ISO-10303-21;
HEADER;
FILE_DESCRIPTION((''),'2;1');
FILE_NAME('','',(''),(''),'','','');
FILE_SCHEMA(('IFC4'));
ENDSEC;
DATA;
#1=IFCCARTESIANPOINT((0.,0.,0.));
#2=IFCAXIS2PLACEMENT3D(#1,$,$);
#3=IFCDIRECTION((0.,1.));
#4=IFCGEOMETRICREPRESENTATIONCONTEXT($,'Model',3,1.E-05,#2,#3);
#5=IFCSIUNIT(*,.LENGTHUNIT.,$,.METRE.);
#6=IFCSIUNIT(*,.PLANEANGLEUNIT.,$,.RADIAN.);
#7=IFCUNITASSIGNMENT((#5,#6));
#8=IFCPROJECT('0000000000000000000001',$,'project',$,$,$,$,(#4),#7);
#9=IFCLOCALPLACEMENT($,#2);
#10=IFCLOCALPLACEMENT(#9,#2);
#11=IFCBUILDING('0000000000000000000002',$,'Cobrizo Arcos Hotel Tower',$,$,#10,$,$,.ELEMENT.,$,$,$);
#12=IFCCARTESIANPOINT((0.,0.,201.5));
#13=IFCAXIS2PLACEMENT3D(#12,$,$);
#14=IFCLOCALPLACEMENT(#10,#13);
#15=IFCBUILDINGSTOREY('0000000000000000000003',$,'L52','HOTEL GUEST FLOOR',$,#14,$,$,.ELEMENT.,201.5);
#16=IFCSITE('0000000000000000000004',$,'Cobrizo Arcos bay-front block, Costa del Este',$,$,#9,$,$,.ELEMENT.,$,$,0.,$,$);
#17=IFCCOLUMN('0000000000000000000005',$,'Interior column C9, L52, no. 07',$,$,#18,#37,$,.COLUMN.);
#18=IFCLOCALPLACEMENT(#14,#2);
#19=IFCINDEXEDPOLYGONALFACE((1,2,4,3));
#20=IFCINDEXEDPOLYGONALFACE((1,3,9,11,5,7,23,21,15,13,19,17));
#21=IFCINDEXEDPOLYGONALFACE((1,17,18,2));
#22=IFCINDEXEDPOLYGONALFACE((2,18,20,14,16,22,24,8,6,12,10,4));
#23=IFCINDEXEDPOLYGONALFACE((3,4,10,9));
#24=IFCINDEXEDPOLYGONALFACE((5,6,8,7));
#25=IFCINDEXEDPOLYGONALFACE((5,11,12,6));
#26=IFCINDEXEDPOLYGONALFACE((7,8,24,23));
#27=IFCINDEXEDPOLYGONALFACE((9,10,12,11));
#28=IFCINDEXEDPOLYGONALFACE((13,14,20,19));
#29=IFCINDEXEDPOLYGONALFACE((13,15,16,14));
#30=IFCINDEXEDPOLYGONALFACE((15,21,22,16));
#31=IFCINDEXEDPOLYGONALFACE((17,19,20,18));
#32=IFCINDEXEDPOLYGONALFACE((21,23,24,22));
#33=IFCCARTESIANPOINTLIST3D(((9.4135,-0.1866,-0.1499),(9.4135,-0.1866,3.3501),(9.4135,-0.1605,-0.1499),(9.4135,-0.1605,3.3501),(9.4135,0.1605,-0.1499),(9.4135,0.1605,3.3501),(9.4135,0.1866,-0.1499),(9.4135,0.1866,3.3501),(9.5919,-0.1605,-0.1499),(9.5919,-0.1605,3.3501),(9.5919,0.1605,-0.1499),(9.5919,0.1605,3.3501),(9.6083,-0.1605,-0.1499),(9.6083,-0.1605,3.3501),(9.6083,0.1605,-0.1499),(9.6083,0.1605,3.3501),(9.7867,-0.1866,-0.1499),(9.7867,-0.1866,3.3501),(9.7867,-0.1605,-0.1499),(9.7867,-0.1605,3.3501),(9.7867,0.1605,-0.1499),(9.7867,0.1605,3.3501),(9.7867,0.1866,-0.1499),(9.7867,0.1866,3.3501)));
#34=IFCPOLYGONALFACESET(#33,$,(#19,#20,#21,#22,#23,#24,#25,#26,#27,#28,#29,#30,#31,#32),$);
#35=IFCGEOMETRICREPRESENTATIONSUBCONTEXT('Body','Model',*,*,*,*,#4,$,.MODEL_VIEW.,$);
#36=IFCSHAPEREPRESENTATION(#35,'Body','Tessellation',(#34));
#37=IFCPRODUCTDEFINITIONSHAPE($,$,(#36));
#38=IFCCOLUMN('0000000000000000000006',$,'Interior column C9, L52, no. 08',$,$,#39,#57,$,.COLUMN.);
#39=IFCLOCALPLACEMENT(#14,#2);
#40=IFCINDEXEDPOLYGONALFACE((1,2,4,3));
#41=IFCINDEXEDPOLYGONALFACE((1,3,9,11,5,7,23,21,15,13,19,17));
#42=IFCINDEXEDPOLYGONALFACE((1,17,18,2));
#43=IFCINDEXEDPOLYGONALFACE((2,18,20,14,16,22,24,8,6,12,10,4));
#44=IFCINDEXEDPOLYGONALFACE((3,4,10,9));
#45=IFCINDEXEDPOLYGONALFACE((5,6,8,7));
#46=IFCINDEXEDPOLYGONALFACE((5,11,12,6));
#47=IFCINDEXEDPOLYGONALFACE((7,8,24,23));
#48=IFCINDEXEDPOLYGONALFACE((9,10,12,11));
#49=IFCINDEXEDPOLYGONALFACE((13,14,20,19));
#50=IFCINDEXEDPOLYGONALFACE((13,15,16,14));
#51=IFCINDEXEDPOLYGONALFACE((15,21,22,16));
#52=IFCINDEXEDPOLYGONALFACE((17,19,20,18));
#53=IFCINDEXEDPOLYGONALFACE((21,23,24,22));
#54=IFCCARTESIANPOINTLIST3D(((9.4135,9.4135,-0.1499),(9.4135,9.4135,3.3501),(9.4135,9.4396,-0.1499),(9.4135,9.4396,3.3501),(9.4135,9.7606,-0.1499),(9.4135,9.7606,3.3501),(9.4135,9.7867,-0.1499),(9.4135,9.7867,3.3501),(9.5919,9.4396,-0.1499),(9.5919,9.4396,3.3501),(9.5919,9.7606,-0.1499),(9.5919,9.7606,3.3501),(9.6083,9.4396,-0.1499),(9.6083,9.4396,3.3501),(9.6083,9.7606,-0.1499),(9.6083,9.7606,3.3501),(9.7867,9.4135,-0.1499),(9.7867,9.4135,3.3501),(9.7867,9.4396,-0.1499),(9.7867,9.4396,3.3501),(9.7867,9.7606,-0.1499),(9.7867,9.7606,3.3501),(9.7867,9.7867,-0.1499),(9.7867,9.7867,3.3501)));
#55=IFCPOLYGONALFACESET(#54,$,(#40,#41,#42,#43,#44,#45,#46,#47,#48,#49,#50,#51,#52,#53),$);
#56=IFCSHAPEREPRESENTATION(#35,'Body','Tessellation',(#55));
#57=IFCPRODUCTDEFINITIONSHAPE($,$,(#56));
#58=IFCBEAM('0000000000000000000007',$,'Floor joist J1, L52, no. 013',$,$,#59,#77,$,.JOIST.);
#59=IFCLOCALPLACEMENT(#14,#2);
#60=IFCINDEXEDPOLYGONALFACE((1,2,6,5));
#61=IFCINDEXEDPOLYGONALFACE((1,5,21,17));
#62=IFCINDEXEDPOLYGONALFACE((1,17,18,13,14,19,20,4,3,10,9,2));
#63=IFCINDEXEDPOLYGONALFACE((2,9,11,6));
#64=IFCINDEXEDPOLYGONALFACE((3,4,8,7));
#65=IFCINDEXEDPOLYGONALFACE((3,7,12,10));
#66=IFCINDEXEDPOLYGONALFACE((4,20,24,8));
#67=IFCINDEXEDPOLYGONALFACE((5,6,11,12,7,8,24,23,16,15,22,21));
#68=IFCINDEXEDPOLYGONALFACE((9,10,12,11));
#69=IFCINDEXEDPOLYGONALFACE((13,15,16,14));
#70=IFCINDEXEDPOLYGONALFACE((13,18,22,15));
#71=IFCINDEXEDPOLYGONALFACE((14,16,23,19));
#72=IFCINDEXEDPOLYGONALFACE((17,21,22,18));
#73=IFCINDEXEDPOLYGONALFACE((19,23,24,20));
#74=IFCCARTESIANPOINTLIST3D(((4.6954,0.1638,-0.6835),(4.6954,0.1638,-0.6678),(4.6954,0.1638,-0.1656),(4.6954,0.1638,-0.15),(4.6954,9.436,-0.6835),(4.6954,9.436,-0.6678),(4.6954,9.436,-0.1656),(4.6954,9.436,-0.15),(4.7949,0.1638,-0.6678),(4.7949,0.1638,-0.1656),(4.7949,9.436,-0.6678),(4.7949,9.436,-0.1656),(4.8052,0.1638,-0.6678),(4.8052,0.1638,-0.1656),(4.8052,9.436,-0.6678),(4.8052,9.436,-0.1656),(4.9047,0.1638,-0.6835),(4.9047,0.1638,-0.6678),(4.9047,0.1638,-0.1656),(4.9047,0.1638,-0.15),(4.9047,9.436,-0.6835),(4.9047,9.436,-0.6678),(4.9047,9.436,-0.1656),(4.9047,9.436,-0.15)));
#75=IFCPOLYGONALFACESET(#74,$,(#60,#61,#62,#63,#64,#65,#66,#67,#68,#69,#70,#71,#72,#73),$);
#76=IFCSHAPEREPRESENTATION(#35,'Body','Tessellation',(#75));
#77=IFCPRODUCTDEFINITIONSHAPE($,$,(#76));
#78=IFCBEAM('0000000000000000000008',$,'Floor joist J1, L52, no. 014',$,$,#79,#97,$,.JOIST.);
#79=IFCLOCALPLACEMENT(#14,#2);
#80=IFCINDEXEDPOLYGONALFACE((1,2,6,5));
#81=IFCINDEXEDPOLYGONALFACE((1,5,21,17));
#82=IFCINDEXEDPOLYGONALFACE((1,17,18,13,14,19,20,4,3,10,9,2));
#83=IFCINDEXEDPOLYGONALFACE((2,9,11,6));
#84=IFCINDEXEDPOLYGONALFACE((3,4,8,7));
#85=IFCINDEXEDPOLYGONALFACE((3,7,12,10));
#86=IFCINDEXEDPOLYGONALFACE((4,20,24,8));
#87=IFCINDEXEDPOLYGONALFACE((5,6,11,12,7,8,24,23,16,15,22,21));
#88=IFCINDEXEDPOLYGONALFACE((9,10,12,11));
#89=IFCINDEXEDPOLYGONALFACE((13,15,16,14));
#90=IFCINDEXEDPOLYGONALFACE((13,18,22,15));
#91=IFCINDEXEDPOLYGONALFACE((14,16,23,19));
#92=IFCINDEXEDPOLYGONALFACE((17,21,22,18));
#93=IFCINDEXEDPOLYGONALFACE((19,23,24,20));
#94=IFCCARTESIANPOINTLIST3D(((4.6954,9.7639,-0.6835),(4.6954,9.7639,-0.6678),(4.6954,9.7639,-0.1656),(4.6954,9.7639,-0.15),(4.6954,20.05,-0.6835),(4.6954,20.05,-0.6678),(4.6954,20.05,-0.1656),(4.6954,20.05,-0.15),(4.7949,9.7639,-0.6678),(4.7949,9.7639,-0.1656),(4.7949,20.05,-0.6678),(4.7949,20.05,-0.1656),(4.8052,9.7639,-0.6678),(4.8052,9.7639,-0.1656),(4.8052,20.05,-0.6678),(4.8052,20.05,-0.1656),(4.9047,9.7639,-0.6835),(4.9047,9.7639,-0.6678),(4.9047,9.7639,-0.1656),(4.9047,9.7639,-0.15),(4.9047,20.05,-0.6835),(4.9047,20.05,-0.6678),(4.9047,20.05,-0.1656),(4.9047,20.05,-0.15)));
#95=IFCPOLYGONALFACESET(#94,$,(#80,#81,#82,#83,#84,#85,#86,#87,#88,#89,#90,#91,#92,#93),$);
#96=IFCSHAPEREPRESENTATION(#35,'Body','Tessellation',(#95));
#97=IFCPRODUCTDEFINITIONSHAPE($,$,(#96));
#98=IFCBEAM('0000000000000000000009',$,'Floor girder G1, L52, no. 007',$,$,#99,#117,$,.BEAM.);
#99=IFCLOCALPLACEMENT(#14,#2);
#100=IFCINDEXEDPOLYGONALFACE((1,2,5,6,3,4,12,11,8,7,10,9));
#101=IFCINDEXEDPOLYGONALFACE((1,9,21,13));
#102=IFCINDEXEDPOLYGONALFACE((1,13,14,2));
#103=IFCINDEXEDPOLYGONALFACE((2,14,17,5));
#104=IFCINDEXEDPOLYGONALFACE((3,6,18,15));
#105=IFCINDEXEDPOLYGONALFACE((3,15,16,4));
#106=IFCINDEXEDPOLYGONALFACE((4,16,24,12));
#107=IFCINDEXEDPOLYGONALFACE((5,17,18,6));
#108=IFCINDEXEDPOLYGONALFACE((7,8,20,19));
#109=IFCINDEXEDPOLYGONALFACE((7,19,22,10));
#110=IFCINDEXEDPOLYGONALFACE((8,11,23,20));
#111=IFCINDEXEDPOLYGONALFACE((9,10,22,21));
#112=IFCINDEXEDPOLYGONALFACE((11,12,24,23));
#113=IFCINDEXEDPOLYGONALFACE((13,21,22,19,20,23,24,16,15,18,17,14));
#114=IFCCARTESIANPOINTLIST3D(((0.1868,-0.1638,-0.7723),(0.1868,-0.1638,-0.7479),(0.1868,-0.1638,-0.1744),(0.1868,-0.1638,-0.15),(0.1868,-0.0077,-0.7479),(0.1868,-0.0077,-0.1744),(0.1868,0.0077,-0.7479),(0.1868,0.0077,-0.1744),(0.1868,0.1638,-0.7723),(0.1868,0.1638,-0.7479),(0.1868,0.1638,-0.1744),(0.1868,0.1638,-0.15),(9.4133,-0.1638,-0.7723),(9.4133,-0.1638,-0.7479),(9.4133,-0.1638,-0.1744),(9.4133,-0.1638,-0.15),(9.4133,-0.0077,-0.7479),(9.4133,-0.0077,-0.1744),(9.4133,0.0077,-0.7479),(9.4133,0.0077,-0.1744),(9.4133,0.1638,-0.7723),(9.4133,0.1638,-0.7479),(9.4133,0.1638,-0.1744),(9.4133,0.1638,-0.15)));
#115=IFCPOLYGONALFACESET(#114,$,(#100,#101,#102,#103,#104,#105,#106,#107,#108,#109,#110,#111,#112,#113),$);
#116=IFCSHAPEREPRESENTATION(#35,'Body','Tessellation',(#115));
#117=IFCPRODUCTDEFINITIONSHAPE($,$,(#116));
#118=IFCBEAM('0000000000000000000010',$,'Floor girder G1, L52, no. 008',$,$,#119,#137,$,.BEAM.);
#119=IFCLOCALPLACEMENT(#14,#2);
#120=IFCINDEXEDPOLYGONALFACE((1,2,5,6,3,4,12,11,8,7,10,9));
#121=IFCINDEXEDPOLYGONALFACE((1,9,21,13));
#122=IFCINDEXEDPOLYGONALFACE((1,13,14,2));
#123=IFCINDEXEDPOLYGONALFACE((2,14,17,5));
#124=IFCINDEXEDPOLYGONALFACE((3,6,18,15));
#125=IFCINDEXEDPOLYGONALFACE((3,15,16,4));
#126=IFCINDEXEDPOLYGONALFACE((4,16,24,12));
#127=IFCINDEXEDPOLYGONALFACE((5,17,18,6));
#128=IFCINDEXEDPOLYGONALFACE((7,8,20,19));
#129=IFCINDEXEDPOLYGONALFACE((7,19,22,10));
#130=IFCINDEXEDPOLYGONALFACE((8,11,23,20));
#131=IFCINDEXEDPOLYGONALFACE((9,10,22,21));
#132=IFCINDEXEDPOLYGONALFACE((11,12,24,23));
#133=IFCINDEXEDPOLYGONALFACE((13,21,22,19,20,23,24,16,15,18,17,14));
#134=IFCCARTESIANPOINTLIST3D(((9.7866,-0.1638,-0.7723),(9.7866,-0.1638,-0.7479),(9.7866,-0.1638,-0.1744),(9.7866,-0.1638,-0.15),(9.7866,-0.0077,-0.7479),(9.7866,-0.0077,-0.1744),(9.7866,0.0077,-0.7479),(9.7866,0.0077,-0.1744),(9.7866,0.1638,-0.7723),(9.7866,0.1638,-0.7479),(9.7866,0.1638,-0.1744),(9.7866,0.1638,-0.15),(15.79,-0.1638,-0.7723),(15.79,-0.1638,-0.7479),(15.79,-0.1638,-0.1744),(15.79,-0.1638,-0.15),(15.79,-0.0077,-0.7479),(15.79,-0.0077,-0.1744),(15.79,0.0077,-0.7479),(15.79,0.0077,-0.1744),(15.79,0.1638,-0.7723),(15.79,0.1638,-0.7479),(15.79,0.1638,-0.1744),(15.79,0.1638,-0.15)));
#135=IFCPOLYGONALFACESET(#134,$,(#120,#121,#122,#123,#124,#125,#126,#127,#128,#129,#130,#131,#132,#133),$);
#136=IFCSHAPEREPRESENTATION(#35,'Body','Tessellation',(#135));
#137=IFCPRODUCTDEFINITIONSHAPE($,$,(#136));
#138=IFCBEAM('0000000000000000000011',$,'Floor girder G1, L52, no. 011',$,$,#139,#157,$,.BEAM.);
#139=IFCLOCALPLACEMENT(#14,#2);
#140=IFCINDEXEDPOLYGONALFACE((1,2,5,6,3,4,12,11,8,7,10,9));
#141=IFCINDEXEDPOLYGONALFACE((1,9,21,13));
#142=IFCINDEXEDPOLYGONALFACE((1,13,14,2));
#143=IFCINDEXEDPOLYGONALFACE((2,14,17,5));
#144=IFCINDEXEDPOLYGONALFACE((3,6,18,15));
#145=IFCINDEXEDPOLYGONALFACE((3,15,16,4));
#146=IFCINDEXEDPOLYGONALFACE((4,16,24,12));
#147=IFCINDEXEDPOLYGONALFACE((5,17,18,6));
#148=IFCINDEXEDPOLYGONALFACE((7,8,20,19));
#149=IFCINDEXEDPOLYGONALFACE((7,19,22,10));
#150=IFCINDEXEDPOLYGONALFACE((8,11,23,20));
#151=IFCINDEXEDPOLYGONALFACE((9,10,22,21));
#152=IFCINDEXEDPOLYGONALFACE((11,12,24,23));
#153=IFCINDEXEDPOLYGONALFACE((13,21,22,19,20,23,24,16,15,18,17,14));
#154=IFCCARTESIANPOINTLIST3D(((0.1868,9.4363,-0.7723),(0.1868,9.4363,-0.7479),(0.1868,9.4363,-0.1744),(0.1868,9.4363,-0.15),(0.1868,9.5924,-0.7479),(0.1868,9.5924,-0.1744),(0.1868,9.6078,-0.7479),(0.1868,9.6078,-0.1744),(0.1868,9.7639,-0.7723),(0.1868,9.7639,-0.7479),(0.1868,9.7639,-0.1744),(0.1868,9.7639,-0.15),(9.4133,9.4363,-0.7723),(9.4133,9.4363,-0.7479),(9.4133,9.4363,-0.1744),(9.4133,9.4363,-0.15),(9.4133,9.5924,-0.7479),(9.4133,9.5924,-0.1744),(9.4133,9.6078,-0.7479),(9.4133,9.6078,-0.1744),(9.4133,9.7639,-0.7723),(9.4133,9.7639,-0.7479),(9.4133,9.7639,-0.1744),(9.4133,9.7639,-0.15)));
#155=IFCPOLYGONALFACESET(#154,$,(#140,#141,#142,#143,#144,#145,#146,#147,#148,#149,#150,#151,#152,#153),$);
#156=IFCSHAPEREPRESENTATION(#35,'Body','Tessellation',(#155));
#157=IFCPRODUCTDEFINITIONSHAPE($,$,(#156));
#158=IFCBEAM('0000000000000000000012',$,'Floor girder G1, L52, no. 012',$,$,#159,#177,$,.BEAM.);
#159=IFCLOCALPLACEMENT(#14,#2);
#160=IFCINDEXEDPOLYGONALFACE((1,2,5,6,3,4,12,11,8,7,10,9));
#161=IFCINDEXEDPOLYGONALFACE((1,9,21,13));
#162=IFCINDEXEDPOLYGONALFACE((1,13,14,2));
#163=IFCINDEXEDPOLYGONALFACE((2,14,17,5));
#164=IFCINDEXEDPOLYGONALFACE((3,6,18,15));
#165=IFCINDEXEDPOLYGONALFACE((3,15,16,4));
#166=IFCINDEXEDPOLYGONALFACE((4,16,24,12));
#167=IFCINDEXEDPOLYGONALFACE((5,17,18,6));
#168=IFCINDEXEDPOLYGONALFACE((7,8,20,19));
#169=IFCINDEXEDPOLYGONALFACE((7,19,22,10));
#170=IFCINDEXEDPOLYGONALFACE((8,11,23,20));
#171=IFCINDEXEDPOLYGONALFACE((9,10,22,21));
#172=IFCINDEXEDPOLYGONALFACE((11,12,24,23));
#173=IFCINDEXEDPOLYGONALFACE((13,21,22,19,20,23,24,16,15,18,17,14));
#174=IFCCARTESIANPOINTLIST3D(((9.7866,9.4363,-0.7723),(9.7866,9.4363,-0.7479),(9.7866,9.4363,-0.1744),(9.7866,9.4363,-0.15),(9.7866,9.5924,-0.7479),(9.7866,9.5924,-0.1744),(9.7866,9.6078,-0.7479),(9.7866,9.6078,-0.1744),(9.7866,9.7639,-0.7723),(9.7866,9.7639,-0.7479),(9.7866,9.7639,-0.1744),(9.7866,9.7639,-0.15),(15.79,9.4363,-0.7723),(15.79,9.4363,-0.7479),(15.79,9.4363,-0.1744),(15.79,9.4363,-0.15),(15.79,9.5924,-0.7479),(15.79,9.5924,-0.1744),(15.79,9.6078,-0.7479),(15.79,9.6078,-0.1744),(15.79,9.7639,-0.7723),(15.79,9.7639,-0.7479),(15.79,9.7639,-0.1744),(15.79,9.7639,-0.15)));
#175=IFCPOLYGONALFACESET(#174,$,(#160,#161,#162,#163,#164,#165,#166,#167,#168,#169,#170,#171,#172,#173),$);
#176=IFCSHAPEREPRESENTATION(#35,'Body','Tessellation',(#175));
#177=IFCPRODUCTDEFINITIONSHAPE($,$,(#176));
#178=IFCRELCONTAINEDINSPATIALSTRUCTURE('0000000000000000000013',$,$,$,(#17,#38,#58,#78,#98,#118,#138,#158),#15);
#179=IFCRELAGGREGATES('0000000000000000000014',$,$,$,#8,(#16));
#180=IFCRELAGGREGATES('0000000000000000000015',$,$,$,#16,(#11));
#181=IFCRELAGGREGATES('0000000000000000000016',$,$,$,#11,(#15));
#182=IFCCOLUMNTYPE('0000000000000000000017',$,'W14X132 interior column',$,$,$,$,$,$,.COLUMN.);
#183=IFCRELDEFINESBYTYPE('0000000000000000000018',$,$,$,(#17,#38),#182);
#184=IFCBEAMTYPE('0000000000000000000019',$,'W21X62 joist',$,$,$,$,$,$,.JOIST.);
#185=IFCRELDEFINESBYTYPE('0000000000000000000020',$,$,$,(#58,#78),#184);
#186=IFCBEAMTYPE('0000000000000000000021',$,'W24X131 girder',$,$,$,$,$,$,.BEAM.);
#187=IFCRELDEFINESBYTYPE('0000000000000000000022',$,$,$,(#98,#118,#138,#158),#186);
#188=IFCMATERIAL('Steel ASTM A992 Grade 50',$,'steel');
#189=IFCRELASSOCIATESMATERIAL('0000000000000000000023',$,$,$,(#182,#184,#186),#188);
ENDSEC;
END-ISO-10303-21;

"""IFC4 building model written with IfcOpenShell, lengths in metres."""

from ifc_helpers import new_model, si_unit, direction, frame, origin, origin_2d, place, context, subcontext, project, spatial, i_section, extrude, material, material_profile, profile_set, type_object, element, save


model = new_model("IFC4")

# Units and contexts
model_context = context("Model", 3, precision=1e-05, world=origin(), true_north=direction((0.0, 1.0)))
body_context = subcontext(model_context, "Body", "Model", "MODEL_VIEW")
ifc_project = project(units=[si_unit("LENGTHUNIT", "METRE"), si_unit("PLANEANGLEUNIT", "RADIAN")], contexts=[model_context])

# Site, building, storey
site_placement = place(None, origin())
site = spatial("IfcSite", under=ifc_project, at=site_placement, Name="Cobrizo Arcos bay-front block, Costa del Este", CompositionType="ELEMENT", RefElevation=0.0)
building_placement = place(site_placement, origin())
building = spatial("IfcBuilding", under=site, at=building_placement, Name="Cobrizo Arcos Hotel Tower", CompositionType="ELEMENT")
storey_placement = place(building_placement, frame((0.0, 0.0, 201.5)))
storey = spatial("IfcBuildingStorey", under=building, at=storey_placement, Name="L52", Description="HOTEL GUEST FLOOR", CompositionType="ELEMENT", Elevation=201.5)

# Columns
ifc_material_1 = material(Name="Steel ASTM A992 Grade 50", Category="steel")
ifc_material_profile_1 = material_profile(ifc_material_1, i_section(OverallWidth=0.3733, OverallDepth=0.3733, WebThickness=0.0164, FlangeThickness=0.0261, at=origin_2d()), Name="W14X132")
ifc_profile_set_1 = profile_set([ifc_material_profile_1], Name="Steel ASTM A992 Grade 50")
column_type = type_object("IfcColumnType", Name="W14X132 interior column", PredefinedType="COLUMN", material=ifc_profile_set_1)
for number, where, z_axis, x_axis, name in (
    (1, (9.6001, 0.0, -0.1499), (0.0, 0.0, 1.0), (1.0, 0.0, 0.0), "Interior column C9, L52, no. 07"),
    (2, (9.6001, 9.6001, -0.1499), (0.0, 0.0, 1.0), (1.0, 0.0, 0.0), "Interior column C9, L52, no. 08"),
):
    element("IfcColumn", number, at=place(storey_placement, frame(where, z_axis=z_axis, x_axis=x_axis)), inside=storey, type_object=column_type, Name=name, PredefinedType="COLUMN", context=body_context, shape_type="SweptSolid", body=[
        extrude(i_section(OverallWidth=0.3733, OverallDepth=0.3733, WebThickness=0.0164, FlangeThickness=0.0261, at=origin_2d()), origin(), (0.0, 0.0, 1.0), 3.5),
    ])

# Beams
ifc_material_profile_2 = material_profile(ifc_material_1, i_section(OverallWidth=0.2092, OverallDepth=0.5334, WebThickness=0.0103, FlangeThickness=0.0156, at=origin_2d()), Name="W21X62")
ifc_profile_set_2 = profile_set([ifc_material_profile_2], Name="Steel ASTM A992 Grade 50")
beam_type_1 = type_object("IfcBeamType", Name="W21X62 joist", PredefinedType="JOIST", material=ifc_profile_set_2)
beam_1_placement = place(storey_placement, frame((4.8, 0.1638, -0.4167), z_axis=(0.0, 1.0, 0.0), x_axis=(-1.0, 0.0, 0.0)))
element("IfcBeam", 3, at=beam_1_placement, inside=storey, type_object=beam_type_1, Name="Floor joist J1, L52, no. 013", PredefinedType="JOIST", context=body_context, shape_type="SweptSolid", body=[
    extrude(i_section(OverallWidth=0.2092, OverallDepth=0.5334, WebThickness=0.0103, FlangeThickness=0.0156, at=origin_2d()), origin(), (0.0, 0.0, 1.0), 9.2722),
])
beam_2_placement = place(storey_placement, frame((4.8, 9.7639, -0.4167), z_axis=(0.0, 1.0, 0.0), x_axis=(-1.0, 0.0, 0.0)))
element("IfcBeam", 4, at=beam_2_placement, inside=storey, type_object=beam_type_1, Name="Floor joist J1, L52, no. 014", PredefinedType="JOIST", context=body_context, shape_type="SweptSolid", body=[
    extrude(i_section(OverallWidth=0.2092, OverallDepth=0.5334, WebThickness=0.0103, FlangeThickness=0.0156, at=origin_2d()), origin(), (0.0, 0.0, 1.0), 10.2861),
])
ifc_material_profile_3 = material_profile(ifc_material_1, i_section(OverallWidth=0.3276, OverallDepth=0.6223, WebThickness=0.0154, FlangeThickness=0.0244, at=origin_2d()), Name="W24X131")
ifc_profile_set_3 = profile_set([ifc_material_profile_3], Name="Steel ASTM A992 Grade 50")
beam_type_2 = type_object("IfcBeamType", Name="W24X131 girder", PredefinedType="BEAM", material=ifc_profile_set_3)
beam_3_placement = place(storey_placement, frame((0.1868, 0.0, -0.4612), z_axis=(1.0, 0.0, 0.0), x_axis=(0.0, 1.0, 0.0)))
element("IfcBeam", 5, at=beam_3_placement, inside=storey, type_object=beam_type_2, Name="Floor girder G1, L52, no. 007", PredefinedType="BEAM", context=body_context, shape_type="SweptSolid", body=[
    extrude(i_section(OverallWidth=0.3276, OverallDepth=0.6223, WebThickness=0.0154, FlangeThickness=0.0244, at=origin_2d()), origin(), (0.0, 0.0, 1.0), 9.2266),
])
beam_4_placement = place(storey_placement, frame((9.7866, 0.0, -0.4612), z_axis=(1.0, 0.0, 0.0), x_axis=(0.0, 1.0, 0.0)))
element("IfcBeam", 6, at=beam_4_placement, inside=storey, type_object=beam_type_2, Name="Floor girder G1, L52, no. 008", PredefinedType="BEAM", context=body_context, shape_type="SweptSolid", body=[
    extrude(i_section(OverallWidth=0.3276, OverallDepth=0.6223, WebThickness=0.0154, FlangeThickness=0.0244, at=origin_2d()), origin(), (0.0, 0.0, 1.0), 6.0034),
])
beam_5_placement = place(storey_placement, frame((0.1868, 9.6001, -0.4612), z_axis=(1.0, 0.0, 0.0), x_axis=(0.0, 1.0, 0.0)))
element("IfcBeam", 7, at=beam_5_placement, inside=storey, type_object=beam_type_2, Name="Floor girder G1, L52, no. 011", PredefinedType="BEAM", context=body_context, shape_type="SweptSolid", body=[
    extrude(i_section(OverallWidth=0.3276, OverallDepth=0.6223, WebThickness=0.0154, FlangeThickness=0.0244, at=origin_2d()), origin(), (0.0, 0.0, 1.0), 9.2266),
])
beam_6_placement = place(storey_placement, frame((9.7866, 9.6001, -0.4612), z_axis=(1.0, 0.0, 0.0), x_axis=(0.0, 1.0, 0.0)))
element("IfcBeam", 8, at=beam_6_placement, inside=storey, type_object=beam_type_2, Name="Floor girder G1, L52, no. 012", PredefinedType="BEAM", context=body_context, shape_type="SweptSolid", body=[
    extrude(i_section(OverallWidth=0.3276, OverallDepth=0.6223, WebThickness=0.0154, FlangeThickness=0.0244, at=origin_2d()), origin(), (0.0, 0.0, 1.0), 6.0034),
])

save(model, "model.ifc")
